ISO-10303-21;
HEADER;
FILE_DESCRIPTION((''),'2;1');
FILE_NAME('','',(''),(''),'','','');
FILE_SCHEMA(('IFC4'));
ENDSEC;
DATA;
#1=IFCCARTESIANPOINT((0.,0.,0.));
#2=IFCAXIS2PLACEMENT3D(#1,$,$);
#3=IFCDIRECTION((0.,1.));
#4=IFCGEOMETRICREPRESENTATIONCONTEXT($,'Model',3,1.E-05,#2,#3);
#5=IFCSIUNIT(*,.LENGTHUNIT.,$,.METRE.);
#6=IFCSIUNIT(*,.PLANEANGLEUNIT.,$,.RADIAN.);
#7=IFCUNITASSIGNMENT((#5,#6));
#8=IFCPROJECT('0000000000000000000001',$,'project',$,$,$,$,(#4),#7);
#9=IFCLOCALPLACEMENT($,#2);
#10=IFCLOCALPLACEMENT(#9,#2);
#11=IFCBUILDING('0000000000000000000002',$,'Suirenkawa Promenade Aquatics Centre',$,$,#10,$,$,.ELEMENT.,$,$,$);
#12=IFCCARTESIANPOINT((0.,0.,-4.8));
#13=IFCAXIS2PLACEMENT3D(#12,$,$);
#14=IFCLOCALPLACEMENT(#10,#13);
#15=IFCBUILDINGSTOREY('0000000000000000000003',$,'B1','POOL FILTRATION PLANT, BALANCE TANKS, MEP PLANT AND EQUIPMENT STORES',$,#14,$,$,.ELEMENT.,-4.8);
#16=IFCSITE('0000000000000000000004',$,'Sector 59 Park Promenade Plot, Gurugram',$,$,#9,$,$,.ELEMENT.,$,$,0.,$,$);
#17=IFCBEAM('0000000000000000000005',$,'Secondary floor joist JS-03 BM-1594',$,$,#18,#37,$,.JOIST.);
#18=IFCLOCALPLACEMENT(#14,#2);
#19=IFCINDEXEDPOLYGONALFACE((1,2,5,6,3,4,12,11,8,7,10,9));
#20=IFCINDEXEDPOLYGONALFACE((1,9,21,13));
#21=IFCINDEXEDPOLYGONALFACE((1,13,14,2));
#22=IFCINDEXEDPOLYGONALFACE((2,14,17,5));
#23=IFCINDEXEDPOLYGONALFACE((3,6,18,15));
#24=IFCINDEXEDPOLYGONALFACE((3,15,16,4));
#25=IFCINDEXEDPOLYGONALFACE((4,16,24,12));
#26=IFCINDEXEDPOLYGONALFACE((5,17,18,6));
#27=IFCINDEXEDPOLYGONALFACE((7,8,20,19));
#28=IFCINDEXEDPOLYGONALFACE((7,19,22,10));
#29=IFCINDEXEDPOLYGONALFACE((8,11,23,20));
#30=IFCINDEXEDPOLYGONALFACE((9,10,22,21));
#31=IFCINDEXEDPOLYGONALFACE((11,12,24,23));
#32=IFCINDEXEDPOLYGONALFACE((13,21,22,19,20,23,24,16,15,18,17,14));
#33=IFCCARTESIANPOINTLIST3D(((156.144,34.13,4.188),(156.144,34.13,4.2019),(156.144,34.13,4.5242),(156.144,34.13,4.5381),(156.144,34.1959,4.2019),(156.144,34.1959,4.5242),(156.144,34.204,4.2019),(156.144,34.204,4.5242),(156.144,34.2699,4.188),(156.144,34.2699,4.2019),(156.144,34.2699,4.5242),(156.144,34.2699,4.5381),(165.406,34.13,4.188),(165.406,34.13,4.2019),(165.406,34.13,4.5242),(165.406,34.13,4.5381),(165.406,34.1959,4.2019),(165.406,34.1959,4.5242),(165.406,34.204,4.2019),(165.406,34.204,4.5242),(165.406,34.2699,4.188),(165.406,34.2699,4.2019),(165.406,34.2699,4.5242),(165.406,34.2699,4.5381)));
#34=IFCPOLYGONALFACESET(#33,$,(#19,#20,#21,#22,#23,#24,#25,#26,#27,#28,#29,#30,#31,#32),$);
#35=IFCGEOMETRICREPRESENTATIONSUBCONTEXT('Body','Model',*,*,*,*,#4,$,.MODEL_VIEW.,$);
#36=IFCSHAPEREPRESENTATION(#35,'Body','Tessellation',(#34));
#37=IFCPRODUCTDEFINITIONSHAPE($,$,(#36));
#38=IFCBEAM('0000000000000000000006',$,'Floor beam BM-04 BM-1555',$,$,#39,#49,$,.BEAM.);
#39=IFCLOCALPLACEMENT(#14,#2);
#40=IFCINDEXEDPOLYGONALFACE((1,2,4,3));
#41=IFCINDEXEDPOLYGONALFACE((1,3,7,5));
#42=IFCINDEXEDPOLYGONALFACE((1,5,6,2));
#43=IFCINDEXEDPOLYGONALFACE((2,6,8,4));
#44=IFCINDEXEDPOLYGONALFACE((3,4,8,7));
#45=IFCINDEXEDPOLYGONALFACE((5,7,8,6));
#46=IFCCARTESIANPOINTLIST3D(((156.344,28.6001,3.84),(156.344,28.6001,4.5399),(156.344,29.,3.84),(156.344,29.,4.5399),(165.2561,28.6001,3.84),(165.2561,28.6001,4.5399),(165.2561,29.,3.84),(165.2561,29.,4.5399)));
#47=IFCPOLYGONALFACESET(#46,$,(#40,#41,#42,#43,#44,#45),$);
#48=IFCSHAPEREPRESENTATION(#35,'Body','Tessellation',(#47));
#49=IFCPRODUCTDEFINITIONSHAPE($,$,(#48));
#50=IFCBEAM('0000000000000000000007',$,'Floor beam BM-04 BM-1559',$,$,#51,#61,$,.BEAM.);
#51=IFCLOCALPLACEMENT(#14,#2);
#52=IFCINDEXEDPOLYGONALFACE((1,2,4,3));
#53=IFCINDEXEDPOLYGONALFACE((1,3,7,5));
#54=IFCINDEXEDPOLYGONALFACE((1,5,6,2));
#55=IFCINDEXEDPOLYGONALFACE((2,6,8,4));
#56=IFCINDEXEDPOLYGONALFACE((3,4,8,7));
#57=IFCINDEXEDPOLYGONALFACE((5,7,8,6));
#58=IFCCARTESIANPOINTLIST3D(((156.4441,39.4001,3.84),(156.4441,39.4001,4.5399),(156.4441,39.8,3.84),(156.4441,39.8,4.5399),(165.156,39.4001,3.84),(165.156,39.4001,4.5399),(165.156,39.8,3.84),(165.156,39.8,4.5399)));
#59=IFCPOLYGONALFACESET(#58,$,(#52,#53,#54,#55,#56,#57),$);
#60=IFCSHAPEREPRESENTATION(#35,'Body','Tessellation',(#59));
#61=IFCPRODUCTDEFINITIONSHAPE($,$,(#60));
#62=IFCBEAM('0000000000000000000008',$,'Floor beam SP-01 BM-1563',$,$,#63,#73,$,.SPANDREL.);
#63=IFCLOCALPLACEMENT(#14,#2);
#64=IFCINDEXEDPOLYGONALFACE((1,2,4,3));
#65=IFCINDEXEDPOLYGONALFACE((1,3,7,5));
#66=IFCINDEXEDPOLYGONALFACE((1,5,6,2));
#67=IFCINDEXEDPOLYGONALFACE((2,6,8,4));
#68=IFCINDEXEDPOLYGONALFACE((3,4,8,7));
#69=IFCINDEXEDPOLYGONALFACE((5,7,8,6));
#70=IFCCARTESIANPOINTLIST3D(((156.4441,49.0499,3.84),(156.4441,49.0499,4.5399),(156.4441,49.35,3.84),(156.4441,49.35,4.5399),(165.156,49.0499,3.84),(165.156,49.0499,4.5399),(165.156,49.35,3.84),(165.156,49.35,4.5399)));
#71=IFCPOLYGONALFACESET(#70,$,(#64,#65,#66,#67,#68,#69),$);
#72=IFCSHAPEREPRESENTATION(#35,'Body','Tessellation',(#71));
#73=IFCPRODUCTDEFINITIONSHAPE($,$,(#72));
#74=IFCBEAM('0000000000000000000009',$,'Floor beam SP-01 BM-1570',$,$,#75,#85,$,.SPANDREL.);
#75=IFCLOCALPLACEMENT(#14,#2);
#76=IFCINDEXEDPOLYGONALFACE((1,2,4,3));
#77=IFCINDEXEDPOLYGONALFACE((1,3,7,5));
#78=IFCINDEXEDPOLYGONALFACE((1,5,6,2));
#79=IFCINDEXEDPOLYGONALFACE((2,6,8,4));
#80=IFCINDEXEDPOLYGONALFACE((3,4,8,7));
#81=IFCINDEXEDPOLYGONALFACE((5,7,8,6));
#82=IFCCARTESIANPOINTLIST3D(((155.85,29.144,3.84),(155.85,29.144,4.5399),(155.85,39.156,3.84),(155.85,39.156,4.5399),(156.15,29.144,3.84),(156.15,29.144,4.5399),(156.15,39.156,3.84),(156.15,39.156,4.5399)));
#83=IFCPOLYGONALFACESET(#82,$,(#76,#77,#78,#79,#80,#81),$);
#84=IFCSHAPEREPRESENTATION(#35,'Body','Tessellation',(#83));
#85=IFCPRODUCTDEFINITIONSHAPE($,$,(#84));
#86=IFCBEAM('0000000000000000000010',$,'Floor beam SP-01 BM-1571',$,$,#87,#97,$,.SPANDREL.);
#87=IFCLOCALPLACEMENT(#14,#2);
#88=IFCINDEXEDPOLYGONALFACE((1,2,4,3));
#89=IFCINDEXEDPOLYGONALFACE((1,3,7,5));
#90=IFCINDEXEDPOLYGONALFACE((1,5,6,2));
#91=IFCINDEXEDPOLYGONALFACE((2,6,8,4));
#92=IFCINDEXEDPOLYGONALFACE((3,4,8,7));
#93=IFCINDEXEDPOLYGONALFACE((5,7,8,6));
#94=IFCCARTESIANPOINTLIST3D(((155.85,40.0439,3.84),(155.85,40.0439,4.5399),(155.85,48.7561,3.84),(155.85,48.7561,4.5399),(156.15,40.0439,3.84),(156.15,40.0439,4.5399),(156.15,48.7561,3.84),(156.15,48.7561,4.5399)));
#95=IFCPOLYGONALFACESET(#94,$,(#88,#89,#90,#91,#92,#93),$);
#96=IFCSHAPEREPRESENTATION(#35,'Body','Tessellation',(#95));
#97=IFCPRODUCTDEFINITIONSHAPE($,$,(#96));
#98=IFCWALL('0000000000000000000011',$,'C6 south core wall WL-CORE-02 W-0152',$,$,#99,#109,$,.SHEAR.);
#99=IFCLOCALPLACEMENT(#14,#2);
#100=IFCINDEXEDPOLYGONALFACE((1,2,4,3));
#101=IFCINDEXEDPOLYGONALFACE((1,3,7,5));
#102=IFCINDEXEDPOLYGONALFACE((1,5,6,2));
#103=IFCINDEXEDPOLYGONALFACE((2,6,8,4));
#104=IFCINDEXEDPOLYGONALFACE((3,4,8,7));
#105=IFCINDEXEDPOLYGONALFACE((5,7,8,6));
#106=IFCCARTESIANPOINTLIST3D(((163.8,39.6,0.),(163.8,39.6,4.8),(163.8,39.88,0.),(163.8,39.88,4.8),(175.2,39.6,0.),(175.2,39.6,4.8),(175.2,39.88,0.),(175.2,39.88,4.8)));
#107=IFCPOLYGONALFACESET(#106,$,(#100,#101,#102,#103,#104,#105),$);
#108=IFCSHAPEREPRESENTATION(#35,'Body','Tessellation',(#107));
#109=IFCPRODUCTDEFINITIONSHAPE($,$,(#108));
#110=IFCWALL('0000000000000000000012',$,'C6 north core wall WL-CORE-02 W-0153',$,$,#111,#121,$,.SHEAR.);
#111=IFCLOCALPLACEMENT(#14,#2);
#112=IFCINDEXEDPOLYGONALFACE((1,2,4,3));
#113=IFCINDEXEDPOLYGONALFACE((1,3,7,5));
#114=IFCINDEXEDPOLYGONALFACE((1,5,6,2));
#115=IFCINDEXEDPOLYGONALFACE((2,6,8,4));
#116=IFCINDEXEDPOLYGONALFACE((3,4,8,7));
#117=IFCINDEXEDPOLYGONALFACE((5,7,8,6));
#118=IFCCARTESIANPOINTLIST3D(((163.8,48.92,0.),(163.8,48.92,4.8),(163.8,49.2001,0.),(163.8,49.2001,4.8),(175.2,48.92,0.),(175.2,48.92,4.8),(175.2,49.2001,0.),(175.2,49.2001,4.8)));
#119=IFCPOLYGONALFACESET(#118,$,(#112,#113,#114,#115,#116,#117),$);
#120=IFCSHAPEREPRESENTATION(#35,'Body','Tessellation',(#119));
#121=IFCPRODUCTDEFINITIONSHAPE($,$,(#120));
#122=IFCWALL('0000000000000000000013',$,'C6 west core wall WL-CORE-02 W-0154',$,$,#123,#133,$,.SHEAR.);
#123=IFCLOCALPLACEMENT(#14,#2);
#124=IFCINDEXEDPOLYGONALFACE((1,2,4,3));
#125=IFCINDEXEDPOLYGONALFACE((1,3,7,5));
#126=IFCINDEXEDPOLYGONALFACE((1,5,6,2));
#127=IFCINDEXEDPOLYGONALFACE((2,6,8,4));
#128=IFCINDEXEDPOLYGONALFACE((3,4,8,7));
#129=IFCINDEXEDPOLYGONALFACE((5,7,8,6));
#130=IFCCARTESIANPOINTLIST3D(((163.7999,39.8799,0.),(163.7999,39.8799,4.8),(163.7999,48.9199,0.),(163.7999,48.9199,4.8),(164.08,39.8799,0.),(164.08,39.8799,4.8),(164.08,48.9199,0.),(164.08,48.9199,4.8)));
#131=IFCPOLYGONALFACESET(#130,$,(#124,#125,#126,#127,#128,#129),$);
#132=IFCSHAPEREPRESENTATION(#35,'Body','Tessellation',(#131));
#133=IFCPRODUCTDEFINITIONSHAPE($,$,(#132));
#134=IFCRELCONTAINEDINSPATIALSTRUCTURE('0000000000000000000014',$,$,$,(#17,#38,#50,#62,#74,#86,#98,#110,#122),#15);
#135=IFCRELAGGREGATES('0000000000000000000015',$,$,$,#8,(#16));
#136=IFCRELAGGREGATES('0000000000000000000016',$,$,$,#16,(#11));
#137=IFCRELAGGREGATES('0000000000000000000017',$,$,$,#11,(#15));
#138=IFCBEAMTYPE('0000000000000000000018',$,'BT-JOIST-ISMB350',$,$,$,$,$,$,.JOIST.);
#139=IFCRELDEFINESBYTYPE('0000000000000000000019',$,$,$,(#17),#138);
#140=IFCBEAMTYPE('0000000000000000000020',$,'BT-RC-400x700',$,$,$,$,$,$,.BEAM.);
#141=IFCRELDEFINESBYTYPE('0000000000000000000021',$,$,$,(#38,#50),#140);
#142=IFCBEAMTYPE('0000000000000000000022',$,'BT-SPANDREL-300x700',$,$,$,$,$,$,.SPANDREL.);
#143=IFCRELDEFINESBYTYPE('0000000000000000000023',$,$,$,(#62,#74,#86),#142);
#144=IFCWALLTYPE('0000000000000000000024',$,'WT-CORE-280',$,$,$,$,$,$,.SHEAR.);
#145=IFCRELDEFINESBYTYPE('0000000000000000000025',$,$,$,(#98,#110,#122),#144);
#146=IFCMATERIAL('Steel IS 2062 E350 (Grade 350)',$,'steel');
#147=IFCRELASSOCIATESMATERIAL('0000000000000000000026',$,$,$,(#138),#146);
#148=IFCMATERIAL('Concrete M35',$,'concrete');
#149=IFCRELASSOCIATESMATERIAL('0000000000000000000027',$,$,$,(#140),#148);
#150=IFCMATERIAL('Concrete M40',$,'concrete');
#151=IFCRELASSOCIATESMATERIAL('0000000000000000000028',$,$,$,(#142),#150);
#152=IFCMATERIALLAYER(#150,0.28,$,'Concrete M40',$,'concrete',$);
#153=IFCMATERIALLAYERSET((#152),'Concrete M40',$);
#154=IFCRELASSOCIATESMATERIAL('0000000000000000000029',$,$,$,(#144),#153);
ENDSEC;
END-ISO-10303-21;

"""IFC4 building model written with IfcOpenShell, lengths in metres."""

from ifc_helpers import new_model, si_unit, direction, frame, frame_2d, origin, origin_2d, place, context, subcontext, project, spatial, rectangle, i_section, extrude, material, layer, layer_set, material_profile, profile_set, type_object, element, save


model = new_model("IFC4")

# Units and contexts
model_context = context("Model", 3, precision=1e-05, world=origin(), true_north=direction((0.0, 1.0)))
body_context = subcontext(model_context, "Body", "Model", "MODEL_VIEW")
ifc_project = project(units=[si_unit("LENGTHUNIT", "METRE"), si_unit("PLANEANGLEUNIT", "RADIAN")], contexts=[model_context])

# Site, building, storey
site_placement = place(None, origin())
site = spatial("IfcSite", under=ifc_project, at=site_placement, Name="Sector 59 Park Promenade Plot, Gurugram", CompositionType="ELEMENT", RefElevation=0.0)
building_placement = place(site_placement, origin())
building = spatial("IfcBuilding", under=site, at=building_placement, Name="Suirenkawa Promenade Aquatics Centre", CompositionType="ELEMENT")
storey_placement = place(building_placement, frame((0.0, 0.0, -4.8)))
storey = spatial("IfcBuildingStorey", under=building, at=storey_placement, Name="B1", Description="POOL FILTRATION PLANT, BALANCE TANKS, MEP PLANT AND EQUIPMENT STORES", CompositionType="ELEMENT", Elevation=-4.8)

# Shared definitions
ifc_material_1 = material(Name="Concrete M35", Category="concrete")

# Shared definitions
ifc_material_2 = material(Name="Concrete M40", Category="concrete")

# Beams
ifc_material_3 = material(Name="Steel IS 2062 E350 (Grade 350)", Category="steel")
ifc_material_profile_1 = material_profile(ifc_material_3, i_section(OverallWidth=0.1399, OverallDepth=0.3501, WebThickness=0.0081, FlangeThickness=0.0139, at=origin_2d()), Name="ISMB 350", Category="steel")
ifc_profile_set_1 = profile_set([ifc_material_profile_1], Name="Steel IS 2062 E350 (Grade 350)")
beam_type_1 = type_object("IfcBeamType", Name="BT-JOIST-ISMB350", PredefinedType="JOIST", material=ifc_profile_set_1)
beam_1_placement = place(storey_placement, frame((156.144, 34.2, 4.363), z_axis=(1.0, 0.0, 0.0), x_axis=(0.0, 1.0, 0.0)))
element("IfcBeam", 1, at=beam_1_placement, inside=storey, type_object=beam_type_1, Name="Secondary floor joist JS-03 BM-1594", PredefinedType="JOIST", context=body_context, shape_type="SweptSolid", body=[
    extrude(i_section(OverallWidth=0.1399, OverallDepth=0.3501, WebThickness=0.0081, FlangeThickness=0.0139, at=origin_2d()), origin(), (0.0, 0.0, 1.0), 9.262),
])
ifc_material_profile_2 = material_profile(ifc_material_1, rectangle(XDim=0.3999, YDim=0.7, at=origin_2d()), Name="RC BM 400x700", Category="concrete")
ifc_profile_set_2 = profile_set([ifc_material_profile_2], Name="Concrete M35")
beam_type_2 = type_object("IfcBeamType", Name="BT-RC-400x700", PredefinedType="BEAM", material=ifc_profile_set_2)
beam_2_placement = place(storey_placement, frame((156.344, 28.8, 4.1899), z_axis=(1.0, 0.0, 0.0), x_axis=(0.0, 1.0, 0.0)))
element("IfcBeam", 2, at=beam_2_placement, inside=storey, type_object=beam_type_2, Name="Floor beam BM-04 BM-1555", PredefinedType="BEAM", context=body_context, shape_type="SweptSolid", body=[
    extrude(rectangle(XDim=0.3999, YDim=0.7, at=origin_2d()), origin(), (0.0, 0.0, 1.0), 8.9121),
])
beam_3_placement = place(storey_placement, frame((156.4441, 39.6001, 4.1899), z_axis=(1.0, 0.0, 0.0), x_axis=(0.0, 1.0, 0.0)))
element("IfcBeam", 3, at=beam_3_placement, inside=storey, type_object=beam_type_2, Name="Floor beam BM-04 BM-1559", PredefinedType="BEAM", context=body_context, shape_type="SweptSolid", body=[
    extrude(rectangle(XDim=0.3999, YDim=0.7, at=origin_2d()), origin(), (0.0, 0.0, 1.0), 8.7119),
])
ifc_material_profile_3 = material_profile(ifc_material_2, rectangle(XDim=0.3, YDim=0.7, at=origin_2d()), Name="RC SPANDREL 300x700", Category="concrete")
ifc_profile_set_3 = profile_set([ifc_material_profile_3], Name="Concrete M40")
beam_type_3 = type_object("IfcBeamType", Name="BT-SPANDREL-300x700", PredefinedType="SPANDREL", material=ifc_profile_set_3)
beam_4_placement = place(storey_placement, frame((156.4441, 49.2, 4.1899), z_axis=(1.0, 0.0, 0.0), x_axis=(0.0, 1.0, 0.0)))
element("IfcBeam", 4, at=beam_4_placement, inside=storey, type_object=beam_type_3, Name="Floor beam SP-01 BM-1563", PredefinedType="SPANDREL", context=body_context, shape_type="SweptSolid", body=[
    extrude(rectangle(XDim=0.3, YDim=0.7, at=origin_2d()), origin(), (0.0, 0.0, 1.0), 8.7119),
])
beam_5_placement = place(storey_placement, frame((156.0, 29.144, 4.1899), z_axis=(0.0, 1.0, 0.0), x_axis=(-1.0, 0.0, 0.0)))
element("IfcBeam", 5, at=beam_5_placement, inside=storey, type_object=beam_type_3, Name="Floor beam SP-01 BM-1570", PredefinedType="SPANDREL", context=body_context, shape_type="SweptSolid", body=[
    extrude(rectangle(XDim=0.3, YDim=0.7, at=origin_2d()), origin(), (0.0, 0.0, 1.0), 10.012),
])
beam_6_placement = place(storey_placement, frame((156.0, 40.0439, 4.1899), z_axis=(0.0, 1.0, 0.0), x_axis=(-1.0, 0.0, 0.0)))
element("IfcBeam", 6, at=beam_6_placement, inside=storey, type_object=beam_type_3, Name="Floor beam SP-01 BM-1571", PredefinedType="SPANDREL", context=body_context, shape_type="SweptSolid", body=[
    extrude(rectangle(XDim=0.3, YDim=0.7, at=origin_2d()), origin(), (0.0, 0.0, 1.0), 8.7122),
])

# Walls
ifc_layer = layer(ifc_material_2, 0.28, Name="Concrete M40", Category="concrete")
ifc_layer_set = layer_set([ifc_layer], Name="Concrete M40")
wall_type = type_object("IfcWallType", Name="WT-CORE-280", PredefinedType="SHEAR", material=ifc_layer_set)
for number, where, z_axis, x_axis, name in (
    (7, (163.8, 39.74, 0.0), (0.0, 0.0, 1.0), (1.0, 0.0, 0.0), "C6 south core wall WL-CORE-02 W-0152"),
    (8, (163.8, 49.0601, 0.0), (0.0, 0.0, 1.0), (1.0, 0.0, 0.0), "C6 north core wall WL-CORE-02 W-0153"),
):
    element("IfcWall", number, at=place(storey_placement, frame(where, z_axis=z_axis, x_axis=x_axis)), inside=storey, type_object=wall_type, Name=name, PredefinedType="SHEAR", context=body_context, shape_type="SweptSolid", body=[
        extrude(rectangle(XDim=11.3999, YDim=0.28, at=frame_2d((5.7, 0.0))), origin(), (0.0, 0.0, 1.0), 4.8),
    ])
wall_placement = place(storey_placement, frame((163.9399, 39.8799, 0.0), z_axis=(0.0, 0.0, 1.0), x_axis=(0.0, 1.0, 0.0)))
element("IfcWall", 9, at=wall_placement, inside=storey, type_object=wall_type, Name="C6 west core wall WL-CORE-02 W-0154", PredefinedType="SHEAR", context=body_context, shape_type="SweptSolid", body=[
    extrude(rectangle(XDim=9.04, YDim=0.28, at=frame_2d((4.52, 0.0))), origin(), (0.0, 0.0, 1.0), 4.8),
])

save(model, "model.ifc")
